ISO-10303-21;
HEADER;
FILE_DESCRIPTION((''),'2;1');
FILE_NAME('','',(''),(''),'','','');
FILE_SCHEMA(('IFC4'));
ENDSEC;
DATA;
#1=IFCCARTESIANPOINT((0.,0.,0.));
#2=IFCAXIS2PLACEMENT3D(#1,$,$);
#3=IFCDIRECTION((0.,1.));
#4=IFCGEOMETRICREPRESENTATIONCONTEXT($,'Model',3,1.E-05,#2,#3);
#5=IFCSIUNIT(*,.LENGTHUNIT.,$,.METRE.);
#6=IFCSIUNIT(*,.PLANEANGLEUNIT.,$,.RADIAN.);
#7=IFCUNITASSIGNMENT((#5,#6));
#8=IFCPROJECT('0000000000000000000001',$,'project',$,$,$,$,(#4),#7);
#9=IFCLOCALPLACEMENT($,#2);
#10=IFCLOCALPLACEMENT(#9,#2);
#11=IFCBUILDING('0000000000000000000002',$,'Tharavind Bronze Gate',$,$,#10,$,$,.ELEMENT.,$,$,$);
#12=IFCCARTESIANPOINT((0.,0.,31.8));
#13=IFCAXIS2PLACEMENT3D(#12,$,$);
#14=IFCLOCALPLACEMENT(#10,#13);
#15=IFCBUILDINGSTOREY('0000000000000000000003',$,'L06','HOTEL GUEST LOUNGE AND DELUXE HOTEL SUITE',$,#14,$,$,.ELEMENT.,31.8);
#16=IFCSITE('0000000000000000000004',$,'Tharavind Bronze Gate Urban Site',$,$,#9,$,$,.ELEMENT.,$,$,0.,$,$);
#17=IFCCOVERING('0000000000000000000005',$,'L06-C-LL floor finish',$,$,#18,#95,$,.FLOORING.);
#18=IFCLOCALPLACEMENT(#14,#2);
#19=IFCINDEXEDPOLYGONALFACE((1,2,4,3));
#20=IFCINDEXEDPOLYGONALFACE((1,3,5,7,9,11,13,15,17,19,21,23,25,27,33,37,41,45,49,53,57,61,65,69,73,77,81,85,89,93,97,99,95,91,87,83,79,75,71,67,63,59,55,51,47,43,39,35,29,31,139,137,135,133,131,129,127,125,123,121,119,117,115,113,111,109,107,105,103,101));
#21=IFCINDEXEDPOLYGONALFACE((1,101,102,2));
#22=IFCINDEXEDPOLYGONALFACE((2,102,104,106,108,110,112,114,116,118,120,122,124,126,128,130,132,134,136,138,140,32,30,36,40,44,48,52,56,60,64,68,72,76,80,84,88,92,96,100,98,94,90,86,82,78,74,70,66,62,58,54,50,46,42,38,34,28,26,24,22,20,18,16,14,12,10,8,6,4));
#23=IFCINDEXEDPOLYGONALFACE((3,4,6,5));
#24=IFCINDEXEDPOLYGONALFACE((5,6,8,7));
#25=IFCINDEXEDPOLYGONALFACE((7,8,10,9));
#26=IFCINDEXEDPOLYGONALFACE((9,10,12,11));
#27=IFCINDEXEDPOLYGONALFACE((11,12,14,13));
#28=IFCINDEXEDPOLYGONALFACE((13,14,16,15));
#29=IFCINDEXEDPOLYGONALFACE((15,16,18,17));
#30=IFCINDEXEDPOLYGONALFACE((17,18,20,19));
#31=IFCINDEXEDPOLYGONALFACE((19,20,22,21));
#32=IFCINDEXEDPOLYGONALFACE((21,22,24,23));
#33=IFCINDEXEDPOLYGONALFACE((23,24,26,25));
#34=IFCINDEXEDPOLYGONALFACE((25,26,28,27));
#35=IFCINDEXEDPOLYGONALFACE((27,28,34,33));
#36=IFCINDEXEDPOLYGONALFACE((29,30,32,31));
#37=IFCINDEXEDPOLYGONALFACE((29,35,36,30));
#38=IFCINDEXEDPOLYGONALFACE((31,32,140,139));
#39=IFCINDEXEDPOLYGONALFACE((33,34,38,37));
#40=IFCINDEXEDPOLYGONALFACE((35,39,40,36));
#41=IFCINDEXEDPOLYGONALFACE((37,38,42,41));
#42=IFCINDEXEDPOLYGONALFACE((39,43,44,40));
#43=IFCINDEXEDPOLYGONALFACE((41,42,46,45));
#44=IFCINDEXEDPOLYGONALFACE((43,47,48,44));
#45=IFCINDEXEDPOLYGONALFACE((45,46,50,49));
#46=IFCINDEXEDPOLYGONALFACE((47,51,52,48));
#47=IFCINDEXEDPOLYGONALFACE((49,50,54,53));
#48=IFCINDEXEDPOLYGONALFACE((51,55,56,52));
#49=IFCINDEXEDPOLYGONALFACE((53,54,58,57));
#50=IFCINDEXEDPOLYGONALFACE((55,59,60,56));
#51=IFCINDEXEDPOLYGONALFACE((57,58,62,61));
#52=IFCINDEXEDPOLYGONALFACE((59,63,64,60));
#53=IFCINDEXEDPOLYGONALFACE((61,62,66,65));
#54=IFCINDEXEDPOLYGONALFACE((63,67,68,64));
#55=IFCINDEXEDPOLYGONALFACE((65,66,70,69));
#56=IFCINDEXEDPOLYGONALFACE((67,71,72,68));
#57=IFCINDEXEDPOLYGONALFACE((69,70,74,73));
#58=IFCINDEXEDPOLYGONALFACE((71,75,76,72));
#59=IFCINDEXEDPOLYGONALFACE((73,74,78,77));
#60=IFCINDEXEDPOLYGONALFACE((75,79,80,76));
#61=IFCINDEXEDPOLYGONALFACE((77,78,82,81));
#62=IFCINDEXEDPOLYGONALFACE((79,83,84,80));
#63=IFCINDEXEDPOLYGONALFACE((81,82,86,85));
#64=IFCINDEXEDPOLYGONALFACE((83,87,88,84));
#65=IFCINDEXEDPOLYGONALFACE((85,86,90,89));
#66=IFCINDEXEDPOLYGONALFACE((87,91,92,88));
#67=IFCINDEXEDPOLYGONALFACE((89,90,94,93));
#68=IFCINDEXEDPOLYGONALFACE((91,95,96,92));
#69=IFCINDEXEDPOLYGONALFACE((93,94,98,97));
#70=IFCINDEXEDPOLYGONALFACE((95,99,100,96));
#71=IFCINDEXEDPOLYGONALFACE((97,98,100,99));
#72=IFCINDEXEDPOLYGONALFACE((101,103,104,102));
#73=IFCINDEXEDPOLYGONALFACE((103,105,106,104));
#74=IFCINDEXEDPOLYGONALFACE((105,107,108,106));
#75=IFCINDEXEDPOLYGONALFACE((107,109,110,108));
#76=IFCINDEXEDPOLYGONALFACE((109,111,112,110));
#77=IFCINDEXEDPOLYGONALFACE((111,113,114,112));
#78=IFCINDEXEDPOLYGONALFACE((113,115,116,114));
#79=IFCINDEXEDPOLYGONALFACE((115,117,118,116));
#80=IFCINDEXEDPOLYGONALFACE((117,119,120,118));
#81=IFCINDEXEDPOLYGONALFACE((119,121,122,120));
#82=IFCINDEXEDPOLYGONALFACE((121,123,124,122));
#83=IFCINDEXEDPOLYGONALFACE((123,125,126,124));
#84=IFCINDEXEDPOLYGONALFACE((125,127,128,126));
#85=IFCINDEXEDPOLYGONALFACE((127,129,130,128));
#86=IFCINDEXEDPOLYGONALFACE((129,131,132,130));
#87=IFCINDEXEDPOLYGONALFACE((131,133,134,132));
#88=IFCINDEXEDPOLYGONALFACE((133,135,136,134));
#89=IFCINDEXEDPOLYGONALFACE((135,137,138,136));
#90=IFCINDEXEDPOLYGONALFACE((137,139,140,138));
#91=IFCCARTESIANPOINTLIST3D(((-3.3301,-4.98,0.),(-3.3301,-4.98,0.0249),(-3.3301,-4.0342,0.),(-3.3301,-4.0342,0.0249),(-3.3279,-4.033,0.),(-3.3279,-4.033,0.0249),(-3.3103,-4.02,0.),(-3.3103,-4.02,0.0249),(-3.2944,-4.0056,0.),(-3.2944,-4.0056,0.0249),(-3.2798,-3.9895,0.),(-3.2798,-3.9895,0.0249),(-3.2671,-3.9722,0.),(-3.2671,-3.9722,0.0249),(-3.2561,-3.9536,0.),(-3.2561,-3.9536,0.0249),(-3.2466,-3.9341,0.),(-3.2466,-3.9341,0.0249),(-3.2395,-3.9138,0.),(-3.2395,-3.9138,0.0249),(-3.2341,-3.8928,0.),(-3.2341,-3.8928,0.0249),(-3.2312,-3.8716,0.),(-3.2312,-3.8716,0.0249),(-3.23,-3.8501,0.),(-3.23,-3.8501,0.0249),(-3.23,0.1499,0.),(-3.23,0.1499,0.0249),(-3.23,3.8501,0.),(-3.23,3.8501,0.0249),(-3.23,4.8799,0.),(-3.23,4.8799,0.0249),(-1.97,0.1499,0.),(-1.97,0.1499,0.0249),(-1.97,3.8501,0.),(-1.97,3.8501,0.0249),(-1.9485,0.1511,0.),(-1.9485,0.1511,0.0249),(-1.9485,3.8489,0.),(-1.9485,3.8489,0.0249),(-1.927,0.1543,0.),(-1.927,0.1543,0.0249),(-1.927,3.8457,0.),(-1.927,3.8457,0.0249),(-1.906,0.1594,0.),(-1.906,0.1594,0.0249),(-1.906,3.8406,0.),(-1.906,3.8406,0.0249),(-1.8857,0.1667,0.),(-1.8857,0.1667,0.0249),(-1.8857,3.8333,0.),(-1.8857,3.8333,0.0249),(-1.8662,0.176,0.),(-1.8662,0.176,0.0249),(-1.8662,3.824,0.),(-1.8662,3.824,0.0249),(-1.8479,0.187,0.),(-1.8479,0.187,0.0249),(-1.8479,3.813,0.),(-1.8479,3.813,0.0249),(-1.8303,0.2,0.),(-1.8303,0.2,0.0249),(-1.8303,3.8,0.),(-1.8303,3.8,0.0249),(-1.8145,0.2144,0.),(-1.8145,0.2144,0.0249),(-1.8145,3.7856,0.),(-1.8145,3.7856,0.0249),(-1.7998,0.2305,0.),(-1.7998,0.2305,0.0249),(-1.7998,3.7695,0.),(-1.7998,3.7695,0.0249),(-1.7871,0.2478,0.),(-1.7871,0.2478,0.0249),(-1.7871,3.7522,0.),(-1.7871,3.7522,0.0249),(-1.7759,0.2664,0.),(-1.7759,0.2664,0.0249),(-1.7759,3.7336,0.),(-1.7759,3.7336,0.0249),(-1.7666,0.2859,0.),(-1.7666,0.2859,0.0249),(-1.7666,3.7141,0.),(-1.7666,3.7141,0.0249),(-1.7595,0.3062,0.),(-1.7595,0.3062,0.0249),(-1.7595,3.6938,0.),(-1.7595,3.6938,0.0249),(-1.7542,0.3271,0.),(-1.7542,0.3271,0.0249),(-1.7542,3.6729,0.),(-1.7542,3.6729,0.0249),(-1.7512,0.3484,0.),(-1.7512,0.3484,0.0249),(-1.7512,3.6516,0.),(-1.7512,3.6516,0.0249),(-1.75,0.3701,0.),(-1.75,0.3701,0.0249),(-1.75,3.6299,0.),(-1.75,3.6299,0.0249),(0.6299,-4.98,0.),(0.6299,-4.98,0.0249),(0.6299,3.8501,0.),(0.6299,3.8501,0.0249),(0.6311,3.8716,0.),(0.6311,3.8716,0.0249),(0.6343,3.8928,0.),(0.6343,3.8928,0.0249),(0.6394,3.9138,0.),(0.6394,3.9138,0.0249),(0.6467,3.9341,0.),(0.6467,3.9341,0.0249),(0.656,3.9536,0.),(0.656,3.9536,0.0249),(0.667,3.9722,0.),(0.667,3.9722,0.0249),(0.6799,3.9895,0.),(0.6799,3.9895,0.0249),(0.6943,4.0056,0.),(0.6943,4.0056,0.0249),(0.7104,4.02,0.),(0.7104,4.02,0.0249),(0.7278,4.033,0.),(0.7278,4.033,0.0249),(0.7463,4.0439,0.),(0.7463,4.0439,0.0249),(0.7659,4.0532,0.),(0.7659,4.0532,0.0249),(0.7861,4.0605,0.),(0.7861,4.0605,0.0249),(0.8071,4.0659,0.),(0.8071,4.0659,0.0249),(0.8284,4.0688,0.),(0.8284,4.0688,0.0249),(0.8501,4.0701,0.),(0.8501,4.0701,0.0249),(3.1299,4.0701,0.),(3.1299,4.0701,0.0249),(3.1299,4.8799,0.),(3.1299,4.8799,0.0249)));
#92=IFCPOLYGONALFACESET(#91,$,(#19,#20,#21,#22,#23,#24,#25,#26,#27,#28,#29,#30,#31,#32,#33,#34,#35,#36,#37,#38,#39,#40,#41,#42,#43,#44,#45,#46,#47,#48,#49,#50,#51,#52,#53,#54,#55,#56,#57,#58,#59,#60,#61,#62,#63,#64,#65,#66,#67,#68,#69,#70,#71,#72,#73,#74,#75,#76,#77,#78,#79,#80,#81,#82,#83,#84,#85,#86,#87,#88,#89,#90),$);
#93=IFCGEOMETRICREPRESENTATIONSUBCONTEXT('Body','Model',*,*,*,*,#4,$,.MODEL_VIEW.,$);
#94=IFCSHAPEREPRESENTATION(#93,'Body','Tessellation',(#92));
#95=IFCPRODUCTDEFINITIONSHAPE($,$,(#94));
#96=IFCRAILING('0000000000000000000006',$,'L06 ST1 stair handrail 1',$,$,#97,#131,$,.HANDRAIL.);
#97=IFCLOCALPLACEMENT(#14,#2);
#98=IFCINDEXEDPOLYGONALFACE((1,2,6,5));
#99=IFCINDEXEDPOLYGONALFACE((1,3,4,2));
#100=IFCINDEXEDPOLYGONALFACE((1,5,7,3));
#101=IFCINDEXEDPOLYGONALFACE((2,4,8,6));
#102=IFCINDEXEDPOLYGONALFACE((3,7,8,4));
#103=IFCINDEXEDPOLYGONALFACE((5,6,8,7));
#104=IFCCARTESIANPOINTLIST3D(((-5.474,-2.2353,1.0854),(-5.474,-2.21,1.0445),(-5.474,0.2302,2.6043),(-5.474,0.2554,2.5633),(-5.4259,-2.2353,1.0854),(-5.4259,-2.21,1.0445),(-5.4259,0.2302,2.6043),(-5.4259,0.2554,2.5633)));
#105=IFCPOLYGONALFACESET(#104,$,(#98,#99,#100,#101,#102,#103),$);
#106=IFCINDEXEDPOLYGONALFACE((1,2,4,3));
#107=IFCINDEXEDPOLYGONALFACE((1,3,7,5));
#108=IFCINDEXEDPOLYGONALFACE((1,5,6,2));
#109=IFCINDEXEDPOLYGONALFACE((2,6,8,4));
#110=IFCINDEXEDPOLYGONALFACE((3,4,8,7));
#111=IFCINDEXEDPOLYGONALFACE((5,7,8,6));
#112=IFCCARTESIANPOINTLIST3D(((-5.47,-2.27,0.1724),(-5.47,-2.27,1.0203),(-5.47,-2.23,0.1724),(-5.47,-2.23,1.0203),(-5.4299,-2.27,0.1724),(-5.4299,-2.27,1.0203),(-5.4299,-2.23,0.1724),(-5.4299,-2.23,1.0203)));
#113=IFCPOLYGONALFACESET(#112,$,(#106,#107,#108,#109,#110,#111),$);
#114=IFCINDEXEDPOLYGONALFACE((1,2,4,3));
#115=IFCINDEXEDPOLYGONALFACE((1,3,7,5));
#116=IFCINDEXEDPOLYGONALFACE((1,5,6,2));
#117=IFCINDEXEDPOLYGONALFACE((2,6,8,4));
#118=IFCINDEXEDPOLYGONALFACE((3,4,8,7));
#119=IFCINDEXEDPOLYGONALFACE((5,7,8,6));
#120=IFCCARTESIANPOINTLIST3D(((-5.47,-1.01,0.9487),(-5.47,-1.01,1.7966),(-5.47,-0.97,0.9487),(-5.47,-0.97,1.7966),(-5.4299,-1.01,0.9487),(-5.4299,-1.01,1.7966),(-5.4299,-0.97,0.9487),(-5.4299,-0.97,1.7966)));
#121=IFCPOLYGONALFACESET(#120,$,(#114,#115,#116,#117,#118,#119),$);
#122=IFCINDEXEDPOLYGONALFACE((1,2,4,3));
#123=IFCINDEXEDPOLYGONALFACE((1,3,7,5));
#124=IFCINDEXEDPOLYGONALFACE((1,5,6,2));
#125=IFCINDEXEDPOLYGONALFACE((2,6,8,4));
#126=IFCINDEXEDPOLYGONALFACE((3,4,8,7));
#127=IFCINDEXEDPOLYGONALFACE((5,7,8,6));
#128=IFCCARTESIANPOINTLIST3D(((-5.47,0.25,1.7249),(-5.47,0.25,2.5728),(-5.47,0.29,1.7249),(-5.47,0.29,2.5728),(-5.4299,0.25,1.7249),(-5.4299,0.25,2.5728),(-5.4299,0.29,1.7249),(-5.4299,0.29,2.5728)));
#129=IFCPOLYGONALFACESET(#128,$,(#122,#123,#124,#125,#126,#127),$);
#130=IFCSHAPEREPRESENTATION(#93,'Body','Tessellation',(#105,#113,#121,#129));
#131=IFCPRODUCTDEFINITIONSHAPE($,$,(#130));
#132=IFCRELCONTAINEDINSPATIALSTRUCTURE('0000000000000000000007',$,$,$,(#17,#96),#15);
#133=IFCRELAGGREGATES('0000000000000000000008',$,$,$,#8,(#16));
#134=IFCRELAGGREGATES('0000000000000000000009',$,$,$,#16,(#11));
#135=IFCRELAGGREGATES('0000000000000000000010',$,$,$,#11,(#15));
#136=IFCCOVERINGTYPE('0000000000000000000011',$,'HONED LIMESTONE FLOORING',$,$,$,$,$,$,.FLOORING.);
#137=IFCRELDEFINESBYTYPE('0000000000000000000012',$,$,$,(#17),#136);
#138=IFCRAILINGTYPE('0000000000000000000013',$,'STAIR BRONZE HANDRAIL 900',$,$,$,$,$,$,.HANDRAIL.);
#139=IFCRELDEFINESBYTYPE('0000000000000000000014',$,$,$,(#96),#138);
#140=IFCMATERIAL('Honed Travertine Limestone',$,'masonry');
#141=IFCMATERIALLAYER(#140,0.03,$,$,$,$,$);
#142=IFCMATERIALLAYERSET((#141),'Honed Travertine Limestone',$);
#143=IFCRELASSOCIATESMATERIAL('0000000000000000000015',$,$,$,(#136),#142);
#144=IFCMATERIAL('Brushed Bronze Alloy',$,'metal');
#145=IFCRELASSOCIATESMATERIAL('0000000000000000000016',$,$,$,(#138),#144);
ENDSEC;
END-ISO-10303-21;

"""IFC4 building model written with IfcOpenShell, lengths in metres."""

from ifc_helpers import new_model, si_unit, direction, frame, origin, origin_2d, place, context, subcontext, project, spatial, polyline, rectangle, outline, extrude, material, layer, layer_set, type_object, element, save


model = new_model("IFC4")

# Units and contexts
model_context = context("Model", 3, precision=1e-05, world=origin(), true_north=direction((0.0, 1.0)))
body_context = subcontext(model_context, "Body", "Model", "MODEL_VIEW")
ifc_project = project(units=[si_unit("LENGTHUNIT", "METRE"), si_unit("PLANEANGLEUNIT", "RADIAN")], contexts=[model_context])

# Site, building, storey
site_placement = place(None, origin())
site = spatial("IfcSite", under=ifc_project, at=site_placement, Name="Tharavind Bronze Gate Urban Site", CompositionType="ELEMENT", RefElevation=0.0)
building_placement = place(site_placement, origin())
building = spatial("IfcBuilding", under=site, at=building_placement, Name="Tharavind Bronze Gate", CompositionType="ELEMENT")
storey_placement = place(building_placement, frame((0.0, 0.0, 31.8)))
storey = spatial("IfcBuildingStorey", under=building, at=storey_placement, Name="L06", Description="HOTEL GUEST LOUNGE AND DELUXE HOTEL SUITE", CompositionType="ELEMENT", Elevation=31.8)

# Covering
ifc_material_1 = material(Name="Honed Travertine Limestone", Category="masonry")
ifc_layer_1 = layer(ifc_material_1, 0.03)
ifc_layer_set_1 = layer_set([ifc_layer_1], Name="Honed Travertine Limestone")
covering_type_1 = type_object("IfcCoveringType", Name="HONED LIMESTONE FLOORING", PredefinedType="FLOORING", material=ifc_layer_set_1)
covering_1_placement = place(storey_placement, origin())
element("IfcCovering", 1, at=covering_1_placement, inside=storey, type_object=covering_type_1, Name="L06-C-LL floor finish", PredefinedType="FLOORING", context=body_context, shape_type="SweptSolid", body=[
    extrude(outline(polyline([(-3.3301, -4.98), (0.6299, -4.98), (0.6299, 3.8501), (0.6311, 3.8716), (0.6343, 3.8928), (0.6394, 3.9138), (0.6467, 3.9341), (0.656, 3.9536), (0.667, 3.9722), (0.6799, 3.9895), (0.6943, 4.0056), (0.7104, 4.02), (0.7278, 4.033), (0.7463, 4.0439), (0.7659, 4.0532), (0.7861, 4.0605), (0.8071, 4.0659), (0.8284, 4.0688), (0.8501, 4.0701), (3.1299, 4.0701), (3.1299, 4.8799), (-3.23, 4.8799), (-3.23, 3.8501), (-1.97, 3.8501), (-1.9485, 3.8489), (-1.927, 3.8457), (-1.906, 3.8406), (-1.8857, 3.8333), (-1.8662, 3.824), (-1.8479, 3.813), (-1.8303, 3.8), (-1.8145, 3.7856), (-1.7998, 3.7695), (-1.7871, 3.7522), (-1.7759, 3.7336), (-1.7666, 3.7141), (-1.7595, 3.6938), (-1.7542, 3.6729), (-1.7512, 3.6516), (-1.75, 3.6299), (-1.75, 0.3701), (-1.7512, 0.3484), (-1.7542, 0.3271), (-1.7595, 0.3062), (-1.7666, 0.2859), (-1.7759, 0.2664), (-1.7871, 0.2478), (-1.7998, 0.2305), (-1.8145, 0.2144), (-1.8303, 0.2), (-1.8479, 0.187), (-1.8662, 0.176), (-1.8857, 0.1667), (-1.906, 0.1594), (-1.927, 0.1543), (-1.9485, 0.1511), (-1.97, 0.1499), (-3.23, 0.1499), (-3.23, -3.8501), (-3.2312, -3.8716), (-3.2341, -3.8928), (-3.2395, -3.9138), (-3.2466, -3.9341), (-3.2561, -3.9536), (-3.2671, -3.9722), (-3.2798, -3.9895), (-3.2944, -4.0056), (-3.3103, -4.02), (-3.3279, -4.033), (-3.3301, -4.0342), (-3.3301, -4.98)])), origin(), (0.0, 0.0, 1.0), 0.0249),
])

# Railing
ifc_material_2 = material(Name="Brushed Bronze Alloy", Category="metal")
railing_type = type_object("IfcRailingType", Name="STAIR BRONZE HANDRAIL 900", PredefinedType="HANDRAIL", material=ifc_material_2)
railing_placement = place(storey_placement, frame((-5.45, -2.25, 0.1724)))
element("IfcRailing", 2, at=railing_placement, inside=storey, type_object=railing_type, Name="L06 ST1 stair handrail 1", PredefinedType="HANDRAIL", context=body_context, shape_type="SweptSolid", body=[
    extrude(rectangle(XDim=0.0481, YDim=0.0481, at=origin_2d()), frame((0.0, 0.0273, 0.8926), z_axis=(0.0, 0.8514, 0.524516), x_axis=(-1.0, 0.0, 0.0)), (0.0, 0.0, 1.0), 2.8958),
    extrude(rectangle(XDim=0.04, YDim=0.04, at=origin_2d()), origin(), (0.0, 0.0, 1.0), 0.8479),
    extrude(rectangle(XDim=0.04, YDim=0.04, at=origin_2d()), frame((0.0, 1.26, 0.7764)), (0.0, 0.0, 1.0), 0.8479),
    extrude(rectangle(XDim=0.04, YDim=0.04, at=origin_2d()), frame((0.0, 2.52, 1.5525)), (0.0, 0.0, 1.0), 0.8479),
])

save(model, "model.ifc")
